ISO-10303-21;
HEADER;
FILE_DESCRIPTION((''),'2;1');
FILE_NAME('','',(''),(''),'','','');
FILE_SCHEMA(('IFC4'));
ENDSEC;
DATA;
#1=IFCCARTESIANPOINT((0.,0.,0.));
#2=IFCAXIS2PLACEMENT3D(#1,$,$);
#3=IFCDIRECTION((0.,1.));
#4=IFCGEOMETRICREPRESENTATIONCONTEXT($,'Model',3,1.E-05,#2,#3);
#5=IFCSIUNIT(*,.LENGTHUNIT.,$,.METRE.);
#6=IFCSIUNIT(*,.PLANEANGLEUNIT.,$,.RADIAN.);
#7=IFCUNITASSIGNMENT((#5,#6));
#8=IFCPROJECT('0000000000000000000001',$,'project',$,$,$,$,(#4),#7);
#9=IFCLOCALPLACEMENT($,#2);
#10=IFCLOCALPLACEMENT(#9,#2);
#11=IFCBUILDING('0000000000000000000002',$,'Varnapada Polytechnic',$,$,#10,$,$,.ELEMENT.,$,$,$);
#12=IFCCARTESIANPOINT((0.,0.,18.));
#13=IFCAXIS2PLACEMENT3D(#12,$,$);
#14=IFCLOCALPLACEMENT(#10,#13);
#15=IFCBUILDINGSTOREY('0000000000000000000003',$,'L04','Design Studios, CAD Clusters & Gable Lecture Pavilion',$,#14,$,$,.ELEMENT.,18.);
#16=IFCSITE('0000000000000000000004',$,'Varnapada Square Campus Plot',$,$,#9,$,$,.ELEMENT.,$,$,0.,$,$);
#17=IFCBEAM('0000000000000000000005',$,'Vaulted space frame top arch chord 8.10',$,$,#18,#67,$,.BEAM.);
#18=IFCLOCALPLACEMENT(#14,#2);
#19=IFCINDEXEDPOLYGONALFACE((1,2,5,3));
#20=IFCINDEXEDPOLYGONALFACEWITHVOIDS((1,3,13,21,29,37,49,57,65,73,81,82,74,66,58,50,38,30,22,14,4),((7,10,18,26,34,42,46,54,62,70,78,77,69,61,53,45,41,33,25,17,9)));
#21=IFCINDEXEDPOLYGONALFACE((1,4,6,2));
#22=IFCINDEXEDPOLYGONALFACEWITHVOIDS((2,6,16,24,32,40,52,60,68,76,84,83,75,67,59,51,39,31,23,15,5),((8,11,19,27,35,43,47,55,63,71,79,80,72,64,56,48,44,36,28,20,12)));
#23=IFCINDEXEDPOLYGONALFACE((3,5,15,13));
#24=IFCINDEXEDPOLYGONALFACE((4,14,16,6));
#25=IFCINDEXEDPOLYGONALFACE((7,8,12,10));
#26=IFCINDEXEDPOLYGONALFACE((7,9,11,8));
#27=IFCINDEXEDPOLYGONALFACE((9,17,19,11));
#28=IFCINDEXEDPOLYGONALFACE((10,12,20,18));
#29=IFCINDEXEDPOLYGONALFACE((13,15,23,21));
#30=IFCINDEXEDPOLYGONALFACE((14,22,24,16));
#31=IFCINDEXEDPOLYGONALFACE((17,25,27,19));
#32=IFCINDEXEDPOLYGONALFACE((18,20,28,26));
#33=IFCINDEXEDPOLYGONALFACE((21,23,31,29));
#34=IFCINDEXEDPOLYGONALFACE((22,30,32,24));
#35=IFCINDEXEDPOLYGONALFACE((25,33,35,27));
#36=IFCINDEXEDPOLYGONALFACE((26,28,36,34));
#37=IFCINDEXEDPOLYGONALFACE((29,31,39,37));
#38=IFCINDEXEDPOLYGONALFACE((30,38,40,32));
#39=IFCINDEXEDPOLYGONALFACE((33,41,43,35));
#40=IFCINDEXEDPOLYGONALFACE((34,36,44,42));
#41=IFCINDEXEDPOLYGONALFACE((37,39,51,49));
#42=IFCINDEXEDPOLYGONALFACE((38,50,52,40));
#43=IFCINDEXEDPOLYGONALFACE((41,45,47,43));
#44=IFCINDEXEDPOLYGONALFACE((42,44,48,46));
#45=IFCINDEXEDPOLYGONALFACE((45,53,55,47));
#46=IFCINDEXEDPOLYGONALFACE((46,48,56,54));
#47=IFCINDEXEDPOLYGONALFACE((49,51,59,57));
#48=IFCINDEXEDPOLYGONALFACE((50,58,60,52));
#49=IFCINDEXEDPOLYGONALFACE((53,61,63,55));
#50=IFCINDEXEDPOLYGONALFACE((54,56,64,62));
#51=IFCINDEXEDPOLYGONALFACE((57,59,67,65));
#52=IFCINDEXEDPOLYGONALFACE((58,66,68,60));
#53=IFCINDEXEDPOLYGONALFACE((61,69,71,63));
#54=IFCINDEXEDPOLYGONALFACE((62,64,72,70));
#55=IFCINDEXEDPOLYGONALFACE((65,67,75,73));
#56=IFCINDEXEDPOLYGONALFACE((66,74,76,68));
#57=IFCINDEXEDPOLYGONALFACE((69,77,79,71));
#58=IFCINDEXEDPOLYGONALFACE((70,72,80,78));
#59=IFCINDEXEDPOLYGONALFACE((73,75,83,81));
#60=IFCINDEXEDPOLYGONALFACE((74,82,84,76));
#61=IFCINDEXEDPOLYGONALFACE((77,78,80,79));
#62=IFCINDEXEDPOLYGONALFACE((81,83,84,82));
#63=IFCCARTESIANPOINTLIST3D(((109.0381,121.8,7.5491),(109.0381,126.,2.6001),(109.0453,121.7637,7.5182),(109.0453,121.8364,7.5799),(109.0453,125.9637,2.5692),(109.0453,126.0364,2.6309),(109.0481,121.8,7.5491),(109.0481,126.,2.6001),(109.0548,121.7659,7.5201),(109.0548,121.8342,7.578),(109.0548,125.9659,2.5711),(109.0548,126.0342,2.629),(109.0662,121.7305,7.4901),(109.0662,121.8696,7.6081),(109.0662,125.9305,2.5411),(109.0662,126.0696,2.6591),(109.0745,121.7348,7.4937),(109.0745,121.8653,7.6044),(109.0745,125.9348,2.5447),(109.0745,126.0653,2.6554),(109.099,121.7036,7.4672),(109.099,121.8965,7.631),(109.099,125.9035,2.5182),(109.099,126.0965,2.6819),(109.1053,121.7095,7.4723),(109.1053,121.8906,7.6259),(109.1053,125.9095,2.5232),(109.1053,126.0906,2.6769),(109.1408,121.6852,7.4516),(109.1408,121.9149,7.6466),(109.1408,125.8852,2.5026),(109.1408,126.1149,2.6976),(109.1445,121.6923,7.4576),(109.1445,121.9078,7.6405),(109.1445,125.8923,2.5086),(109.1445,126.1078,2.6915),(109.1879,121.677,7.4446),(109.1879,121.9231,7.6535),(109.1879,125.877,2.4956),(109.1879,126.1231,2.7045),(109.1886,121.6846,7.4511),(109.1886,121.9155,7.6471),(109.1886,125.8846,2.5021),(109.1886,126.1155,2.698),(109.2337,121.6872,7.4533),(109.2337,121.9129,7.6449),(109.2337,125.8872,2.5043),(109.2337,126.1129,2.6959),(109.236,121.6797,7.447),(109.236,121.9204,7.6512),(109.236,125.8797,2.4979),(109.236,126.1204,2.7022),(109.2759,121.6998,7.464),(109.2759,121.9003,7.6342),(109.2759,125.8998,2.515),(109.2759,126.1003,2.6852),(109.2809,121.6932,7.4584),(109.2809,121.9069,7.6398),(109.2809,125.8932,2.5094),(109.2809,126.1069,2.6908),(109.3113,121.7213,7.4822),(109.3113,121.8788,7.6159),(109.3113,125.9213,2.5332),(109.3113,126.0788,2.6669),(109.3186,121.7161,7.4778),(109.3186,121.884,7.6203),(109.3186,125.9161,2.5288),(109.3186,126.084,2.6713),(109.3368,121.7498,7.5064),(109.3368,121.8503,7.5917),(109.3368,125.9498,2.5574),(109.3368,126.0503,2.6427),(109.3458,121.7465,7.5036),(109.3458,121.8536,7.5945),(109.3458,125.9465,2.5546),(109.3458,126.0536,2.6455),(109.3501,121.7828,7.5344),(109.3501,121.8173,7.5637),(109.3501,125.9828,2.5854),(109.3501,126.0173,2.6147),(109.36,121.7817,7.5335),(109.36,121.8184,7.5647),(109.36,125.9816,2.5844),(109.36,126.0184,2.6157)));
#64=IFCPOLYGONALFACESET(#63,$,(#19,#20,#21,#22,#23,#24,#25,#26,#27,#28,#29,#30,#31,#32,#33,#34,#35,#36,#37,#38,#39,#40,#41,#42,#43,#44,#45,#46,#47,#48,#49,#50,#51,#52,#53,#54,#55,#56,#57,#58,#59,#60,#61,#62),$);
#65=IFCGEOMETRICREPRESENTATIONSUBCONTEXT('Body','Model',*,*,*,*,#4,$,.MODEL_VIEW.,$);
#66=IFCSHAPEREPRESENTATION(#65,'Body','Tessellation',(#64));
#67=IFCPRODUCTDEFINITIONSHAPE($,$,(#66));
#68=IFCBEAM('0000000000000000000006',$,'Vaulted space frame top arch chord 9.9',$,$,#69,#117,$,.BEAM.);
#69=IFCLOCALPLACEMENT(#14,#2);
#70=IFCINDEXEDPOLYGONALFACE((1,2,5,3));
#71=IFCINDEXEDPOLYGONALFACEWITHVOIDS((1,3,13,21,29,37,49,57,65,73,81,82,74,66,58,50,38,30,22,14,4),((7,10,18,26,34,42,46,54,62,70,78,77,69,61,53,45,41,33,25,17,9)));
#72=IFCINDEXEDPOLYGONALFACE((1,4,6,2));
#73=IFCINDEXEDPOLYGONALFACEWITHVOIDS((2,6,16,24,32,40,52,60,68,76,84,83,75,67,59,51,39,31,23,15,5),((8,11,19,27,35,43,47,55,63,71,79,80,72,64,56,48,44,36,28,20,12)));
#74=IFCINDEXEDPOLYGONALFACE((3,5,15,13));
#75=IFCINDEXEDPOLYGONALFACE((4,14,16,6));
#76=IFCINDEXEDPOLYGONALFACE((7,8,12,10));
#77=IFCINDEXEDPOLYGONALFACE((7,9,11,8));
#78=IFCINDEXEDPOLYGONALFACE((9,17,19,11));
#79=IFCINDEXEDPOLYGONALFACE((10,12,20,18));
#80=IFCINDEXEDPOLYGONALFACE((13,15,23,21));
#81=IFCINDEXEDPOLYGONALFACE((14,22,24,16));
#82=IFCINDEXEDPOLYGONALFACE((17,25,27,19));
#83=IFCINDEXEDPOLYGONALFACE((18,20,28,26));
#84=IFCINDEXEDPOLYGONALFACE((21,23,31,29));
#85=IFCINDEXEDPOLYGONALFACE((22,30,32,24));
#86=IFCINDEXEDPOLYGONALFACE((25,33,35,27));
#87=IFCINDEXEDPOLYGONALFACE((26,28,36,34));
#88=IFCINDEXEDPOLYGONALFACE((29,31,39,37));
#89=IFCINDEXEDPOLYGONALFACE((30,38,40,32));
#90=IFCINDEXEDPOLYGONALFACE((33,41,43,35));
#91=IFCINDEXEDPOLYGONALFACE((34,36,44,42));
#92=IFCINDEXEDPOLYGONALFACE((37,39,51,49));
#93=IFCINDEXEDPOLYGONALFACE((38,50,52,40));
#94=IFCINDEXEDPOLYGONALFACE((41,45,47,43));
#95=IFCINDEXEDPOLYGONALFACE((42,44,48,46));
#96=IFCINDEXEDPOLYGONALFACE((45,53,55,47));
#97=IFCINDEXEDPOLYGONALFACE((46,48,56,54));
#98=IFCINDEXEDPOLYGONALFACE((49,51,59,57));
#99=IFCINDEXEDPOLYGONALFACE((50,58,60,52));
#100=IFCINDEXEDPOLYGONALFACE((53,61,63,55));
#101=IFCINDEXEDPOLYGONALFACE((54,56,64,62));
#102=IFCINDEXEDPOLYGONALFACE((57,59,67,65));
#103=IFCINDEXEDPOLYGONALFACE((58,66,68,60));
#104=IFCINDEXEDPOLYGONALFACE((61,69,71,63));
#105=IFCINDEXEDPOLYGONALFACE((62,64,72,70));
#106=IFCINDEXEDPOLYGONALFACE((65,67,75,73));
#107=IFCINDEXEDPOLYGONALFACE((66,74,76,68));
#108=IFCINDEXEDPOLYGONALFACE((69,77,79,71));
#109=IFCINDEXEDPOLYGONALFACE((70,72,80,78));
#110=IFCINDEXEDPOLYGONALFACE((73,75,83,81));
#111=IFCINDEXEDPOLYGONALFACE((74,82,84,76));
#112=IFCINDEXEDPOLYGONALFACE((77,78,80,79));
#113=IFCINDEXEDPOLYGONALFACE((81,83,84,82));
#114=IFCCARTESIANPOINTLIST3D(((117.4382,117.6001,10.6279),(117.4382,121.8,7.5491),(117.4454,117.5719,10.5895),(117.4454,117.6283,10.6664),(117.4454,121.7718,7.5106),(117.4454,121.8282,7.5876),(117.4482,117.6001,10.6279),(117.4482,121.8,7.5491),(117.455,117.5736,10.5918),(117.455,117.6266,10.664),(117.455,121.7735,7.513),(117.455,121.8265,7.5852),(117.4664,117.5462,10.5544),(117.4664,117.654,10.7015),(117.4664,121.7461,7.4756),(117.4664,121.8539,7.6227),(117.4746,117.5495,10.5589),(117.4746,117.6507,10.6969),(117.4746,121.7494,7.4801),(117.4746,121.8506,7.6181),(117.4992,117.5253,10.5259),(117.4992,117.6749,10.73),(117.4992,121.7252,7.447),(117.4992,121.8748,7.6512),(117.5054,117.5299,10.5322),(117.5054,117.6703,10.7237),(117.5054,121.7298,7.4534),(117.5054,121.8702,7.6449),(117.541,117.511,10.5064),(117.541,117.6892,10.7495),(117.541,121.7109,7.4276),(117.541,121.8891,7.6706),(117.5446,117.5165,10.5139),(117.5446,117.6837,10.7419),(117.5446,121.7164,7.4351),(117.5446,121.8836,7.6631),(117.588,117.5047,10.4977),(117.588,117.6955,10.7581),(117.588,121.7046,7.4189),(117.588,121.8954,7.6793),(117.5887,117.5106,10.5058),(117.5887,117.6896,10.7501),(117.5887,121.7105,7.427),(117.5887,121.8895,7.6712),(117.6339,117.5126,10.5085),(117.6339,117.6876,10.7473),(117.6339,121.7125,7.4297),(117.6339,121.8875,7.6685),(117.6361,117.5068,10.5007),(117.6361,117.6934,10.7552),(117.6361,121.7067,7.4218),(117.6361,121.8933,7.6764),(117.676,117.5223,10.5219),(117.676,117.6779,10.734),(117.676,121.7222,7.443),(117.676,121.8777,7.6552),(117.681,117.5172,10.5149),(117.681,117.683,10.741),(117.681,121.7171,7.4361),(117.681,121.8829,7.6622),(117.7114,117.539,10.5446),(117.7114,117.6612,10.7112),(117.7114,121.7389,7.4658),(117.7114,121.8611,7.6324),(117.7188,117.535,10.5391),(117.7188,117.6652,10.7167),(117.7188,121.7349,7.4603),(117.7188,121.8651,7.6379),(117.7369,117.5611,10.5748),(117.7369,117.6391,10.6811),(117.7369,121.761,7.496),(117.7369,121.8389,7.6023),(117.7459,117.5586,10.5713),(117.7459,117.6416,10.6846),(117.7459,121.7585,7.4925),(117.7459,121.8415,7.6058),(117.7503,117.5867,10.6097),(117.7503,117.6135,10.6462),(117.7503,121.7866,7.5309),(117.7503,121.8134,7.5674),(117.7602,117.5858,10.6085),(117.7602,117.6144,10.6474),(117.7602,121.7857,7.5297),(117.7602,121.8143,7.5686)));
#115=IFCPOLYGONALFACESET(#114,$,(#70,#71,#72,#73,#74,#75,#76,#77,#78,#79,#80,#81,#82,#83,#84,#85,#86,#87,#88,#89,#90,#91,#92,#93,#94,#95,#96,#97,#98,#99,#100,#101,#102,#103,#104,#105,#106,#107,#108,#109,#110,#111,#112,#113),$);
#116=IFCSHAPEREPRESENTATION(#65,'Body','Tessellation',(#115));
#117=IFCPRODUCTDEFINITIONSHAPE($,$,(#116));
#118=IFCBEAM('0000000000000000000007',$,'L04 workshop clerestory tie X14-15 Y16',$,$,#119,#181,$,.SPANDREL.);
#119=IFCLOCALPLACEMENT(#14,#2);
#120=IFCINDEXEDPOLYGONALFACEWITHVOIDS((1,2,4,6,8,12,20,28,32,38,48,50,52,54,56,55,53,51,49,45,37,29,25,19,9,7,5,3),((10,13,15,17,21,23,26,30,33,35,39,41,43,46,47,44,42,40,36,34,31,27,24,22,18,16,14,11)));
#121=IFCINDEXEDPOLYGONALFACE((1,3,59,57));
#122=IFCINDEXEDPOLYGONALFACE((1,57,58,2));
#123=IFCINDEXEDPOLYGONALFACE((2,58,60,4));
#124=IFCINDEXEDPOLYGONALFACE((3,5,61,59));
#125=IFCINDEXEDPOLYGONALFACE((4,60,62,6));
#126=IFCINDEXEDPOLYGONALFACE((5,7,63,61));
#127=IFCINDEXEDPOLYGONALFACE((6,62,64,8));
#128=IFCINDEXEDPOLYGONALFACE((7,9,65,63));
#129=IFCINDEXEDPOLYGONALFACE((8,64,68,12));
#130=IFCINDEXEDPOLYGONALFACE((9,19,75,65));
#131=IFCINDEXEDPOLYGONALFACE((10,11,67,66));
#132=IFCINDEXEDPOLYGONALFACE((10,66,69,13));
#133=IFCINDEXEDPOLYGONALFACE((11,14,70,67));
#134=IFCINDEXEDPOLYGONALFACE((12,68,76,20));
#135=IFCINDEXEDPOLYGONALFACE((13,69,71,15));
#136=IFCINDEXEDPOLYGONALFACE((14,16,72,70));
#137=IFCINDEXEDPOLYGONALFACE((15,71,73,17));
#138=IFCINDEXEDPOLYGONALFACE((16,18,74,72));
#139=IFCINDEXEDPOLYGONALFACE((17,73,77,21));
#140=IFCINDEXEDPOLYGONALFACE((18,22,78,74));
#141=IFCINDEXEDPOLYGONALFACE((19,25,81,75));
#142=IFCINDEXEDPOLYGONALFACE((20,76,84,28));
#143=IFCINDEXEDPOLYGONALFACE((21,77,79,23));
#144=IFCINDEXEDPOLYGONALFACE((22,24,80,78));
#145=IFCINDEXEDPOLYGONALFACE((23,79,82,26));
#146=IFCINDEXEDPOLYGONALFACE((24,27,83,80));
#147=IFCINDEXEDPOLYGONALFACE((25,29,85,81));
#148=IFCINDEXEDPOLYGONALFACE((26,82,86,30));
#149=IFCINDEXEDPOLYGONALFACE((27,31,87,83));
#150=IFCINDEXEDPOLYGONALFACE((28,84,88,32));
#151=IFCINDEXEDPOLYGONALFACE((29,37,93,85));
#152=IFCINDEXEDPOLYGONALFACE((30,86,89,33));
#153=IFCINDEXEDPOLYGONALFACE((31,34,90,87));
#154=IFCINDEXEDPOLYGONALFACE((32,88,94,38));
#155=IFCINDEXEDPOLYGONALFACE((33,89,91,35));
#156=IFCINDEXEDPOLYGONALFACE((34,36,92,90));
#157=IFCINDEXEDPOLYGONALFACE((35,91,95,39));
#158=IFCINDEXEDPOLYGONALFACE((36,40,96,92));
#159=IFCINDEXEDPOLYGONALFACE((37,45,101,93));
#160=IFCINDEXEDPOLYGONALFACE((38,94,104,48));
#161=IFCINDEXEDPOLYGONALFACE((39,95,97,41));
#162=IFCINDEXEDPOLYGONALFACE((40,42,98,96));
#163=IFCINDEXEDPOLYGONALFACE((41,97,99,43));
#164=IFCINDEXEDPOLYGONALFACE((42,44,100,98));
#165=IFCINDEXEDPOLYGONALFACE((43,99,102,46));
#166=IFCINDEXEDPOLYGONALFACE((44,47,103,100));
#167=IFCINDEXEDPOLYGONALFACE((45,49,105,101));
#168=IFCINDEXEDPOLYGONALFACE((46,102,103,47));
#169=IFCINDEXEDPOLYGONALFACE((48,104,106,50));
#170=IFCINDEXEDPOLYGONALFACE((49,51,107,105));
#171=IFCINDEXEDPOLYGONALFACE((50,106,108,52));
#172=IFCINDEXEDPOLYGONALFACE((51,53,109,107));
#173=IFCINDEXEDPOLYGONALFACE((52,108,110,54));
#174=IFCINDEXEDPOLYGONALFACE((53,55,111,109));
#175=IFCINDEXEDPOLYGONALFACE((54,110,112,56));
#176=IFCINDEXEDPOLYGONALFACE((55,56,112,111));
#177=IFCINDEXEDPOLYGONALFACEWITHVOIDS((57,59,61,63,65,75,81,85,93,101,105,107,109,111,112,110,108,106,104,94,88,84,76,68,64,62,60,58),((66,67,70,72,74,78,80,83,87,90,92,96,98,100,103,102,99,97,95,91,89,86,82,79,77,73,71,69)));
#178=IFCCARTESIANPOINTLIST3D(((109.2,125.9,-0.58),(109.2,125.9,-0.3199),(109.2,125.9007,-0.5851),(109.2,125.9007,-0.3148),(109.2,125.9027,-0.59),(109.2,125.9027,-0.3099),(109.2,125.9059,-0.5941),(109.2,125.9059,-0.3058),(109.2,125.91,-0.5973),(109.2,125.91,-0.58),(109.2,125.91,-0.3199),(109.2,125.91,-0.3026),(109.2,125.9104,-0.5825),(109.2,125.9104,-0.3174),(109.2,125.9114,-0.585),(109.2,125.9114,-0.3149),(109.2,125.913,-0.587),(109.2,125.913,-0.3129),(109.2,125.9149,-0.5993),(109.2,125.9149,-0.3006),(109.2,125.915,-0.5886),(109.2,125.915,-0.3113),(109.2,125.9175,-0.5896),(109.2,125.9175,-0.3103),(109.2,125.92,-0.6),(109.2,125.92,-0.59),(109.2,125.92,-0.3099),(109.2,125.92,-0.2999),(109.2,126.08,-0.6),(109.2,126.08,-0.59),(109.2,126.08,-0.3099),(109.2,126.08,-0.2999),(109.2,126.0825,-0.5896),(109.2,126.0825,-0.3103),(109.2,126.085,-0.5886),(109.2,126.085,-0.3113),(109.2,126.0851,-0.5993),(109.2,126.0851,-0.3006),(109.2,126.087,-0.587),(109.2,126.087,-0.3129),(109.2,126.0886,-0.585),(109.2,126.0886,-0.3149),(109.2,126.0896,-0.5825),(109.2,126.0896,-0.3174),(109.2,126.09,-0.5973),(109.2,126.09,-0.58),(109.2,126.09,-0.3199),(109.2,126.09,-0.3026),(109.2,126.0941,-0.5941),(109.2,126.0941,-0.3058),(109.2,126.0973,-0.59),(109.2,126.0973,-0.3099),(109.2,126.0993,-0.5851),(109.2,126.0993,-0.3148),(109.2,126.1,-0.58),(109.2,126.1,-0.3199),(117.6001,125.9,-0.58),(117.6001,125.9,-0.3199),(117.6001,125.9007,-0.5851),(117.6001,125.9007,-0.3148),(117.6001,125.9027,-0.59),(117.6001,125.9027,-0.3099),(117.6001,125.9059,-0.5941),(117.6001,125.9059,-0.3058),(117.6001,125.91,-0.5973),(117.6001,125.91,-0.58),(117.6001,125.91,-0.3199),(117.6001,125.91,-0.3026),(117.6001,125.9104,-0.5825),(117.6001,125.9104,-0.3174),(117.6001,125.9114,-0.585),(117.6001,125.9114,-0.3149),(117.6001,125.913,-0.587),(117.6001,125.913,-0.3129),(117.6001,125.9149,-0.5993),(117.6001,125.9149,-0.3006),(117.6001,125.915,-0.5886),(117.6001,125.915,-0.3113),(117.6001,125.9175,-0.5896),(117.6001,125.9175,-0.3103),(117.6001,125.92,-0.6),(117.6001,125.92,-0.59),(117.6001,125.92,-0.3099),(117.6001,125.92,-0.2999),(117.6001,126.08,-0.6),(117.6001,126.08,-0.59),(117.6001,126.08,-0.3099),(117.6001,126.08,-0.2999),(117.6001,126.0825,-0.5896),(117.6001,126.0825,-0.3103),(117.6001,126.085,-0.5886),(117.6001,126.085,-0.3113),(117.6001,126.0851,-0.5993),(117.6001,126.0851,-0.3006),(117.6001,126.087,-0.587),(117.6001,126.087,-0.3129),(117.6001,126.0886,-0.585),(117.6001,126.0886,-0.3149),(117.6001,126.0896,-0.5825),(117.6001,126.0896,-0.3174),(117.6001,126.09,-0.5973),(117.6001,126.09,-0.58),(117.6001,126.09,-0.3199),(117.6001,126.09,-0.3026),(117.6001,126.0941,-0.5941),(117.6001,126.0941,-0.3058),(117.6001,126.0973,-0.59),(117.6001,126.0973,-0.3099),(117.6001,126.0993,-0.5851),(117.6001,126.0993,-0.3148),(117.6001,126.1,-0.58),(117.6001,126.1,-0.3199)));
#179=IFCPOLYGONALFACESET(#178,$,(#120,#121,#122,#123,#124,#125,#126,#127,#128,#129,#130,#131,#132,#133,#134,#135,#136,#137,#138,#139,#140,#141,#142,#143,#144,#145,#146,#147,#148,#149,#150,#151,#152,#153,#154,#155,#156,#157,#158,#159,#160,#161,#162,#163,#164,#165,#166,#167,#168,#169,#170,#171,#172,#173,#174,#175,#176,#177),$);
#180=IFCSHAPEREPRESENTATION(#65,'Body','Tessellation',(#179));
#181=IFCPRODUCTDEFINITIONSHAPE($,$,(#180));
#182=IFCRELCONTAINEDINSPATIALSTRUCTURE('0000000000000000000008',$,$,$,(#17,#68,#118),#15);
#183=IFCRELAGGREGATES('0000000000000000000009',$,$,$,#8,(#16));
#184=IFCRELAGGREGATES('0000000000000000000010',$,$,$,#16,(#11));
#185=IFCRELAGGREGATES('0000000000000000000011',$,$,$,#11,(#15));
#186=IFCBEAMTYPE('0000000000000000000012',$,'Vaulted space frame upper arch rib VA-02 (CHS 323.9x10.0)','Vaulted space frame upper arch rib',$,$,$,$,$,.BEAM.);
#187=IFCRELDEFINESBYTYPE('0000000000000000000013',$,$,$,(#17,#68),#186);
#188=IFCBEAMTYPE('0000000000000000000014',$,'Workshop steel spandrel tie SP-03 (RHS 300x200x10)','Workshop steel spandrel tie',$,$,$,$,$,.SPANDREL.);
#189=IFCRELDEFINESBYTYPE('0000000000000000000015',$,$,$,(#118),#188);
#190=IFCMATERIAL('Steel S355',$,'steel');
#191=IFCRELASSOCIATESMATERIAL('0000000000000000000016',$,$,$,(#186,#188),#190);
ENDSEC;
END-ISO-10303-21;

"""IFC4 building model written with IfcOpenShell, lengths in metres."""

from ifc_helpers import new_model, si_unit, direction, frame, origin, origin_2d, place, context, subcontext, project, spatial, hollow_rectangle, hollow_circle, extrude, material, material_profile, profile_set, type_object, element, save


model = new_model("IFC4")

# Units and contexts
model_context = context("Model", 3, precision=1e-05, world=origin(), true_north=direction((0.0, 1.0)))
body_context = subcontext(model_context, "Body", "Model", "MODEL_VIEW")
ifc_project = project(units=[si_unit("LENGTHUNIT", "METRE"), si_unit("PLANEANGLEUNIT", "RADIAN")], contexts=[model_context])

# Site, building, storey
site_placement = place(None, origin())
site = spatial("IfcSite", under=ifc_project, at=site_placement, Name="Varnapada Square Campus Plot", CompositionType="ELEMENT", RefElevation=0.0)
building_placement = place(site_placement, origin())
building = spatial("IfcBuilding", under=site, at=building_placement, Name="Varnapada Polytechnic", CompositionType="ELEMENT")
storey_placement = place(building_placement, frame((0.0, 0.0, 18.0)))
storey = spatial("IfcBuildingStorey", under=building, at=storey_placement, Name="L04", Description="Design Studios, CAD Clusters & Gable Lecture Pavilion", CompositionType="ELEMENT", Elevation=18.0)

# Shared definitions
ifc_material = material(Name="Steel S355", Category="steel")

# Beams
ifc_material_profile_1 = material_profile(ifc_material, hollow_circle(Radius=0.1619, WallThickness=0.01, at=origin_2d()), Name="CHS 323.9x10.0")
ifc_profile_set_1 = profile_set([ifc_material_profile_1], Name="Steel S355")
beam_type_1 = type_object("IfcBeamType", Name="Vaulted space frame upper arch rib VA-02 (CHS 323.9x10.0)", Description="Vaulted space frame upper arch rib", PredefinedType="BEAM", material=ifc_profile_set_1)
beam_1_placement = place(storey_placement, frame((109.2, 121.8, 7.5491), z_axis=(0.0, 0.647051, -0.762447), x_axis=(-1.0, 0.0, 0.0)))
element("IfcBeam", 1, at=beam_1_placement, inside=storey, type_object=beam_type_1, Name="Vaulted space frame top arch chord 8.10", PredefinedType="BEAM", context=body_context, shape_type="SweptSolid", body=[
    extrude(hollow_circle(Radius=0.1619, WallThickness=0.01, at=origin_2d()), origin(), (0.0, 0.0, 1.0), 6.491),
])
beam_2_placement = place(storey_placement, frame((117.6001, 117.6001, 10.6279), z_axis=(0.0, 0.806506, -0.591225), x_axis=(-1.0, 0.0, 0.0)))
element("IfcBeam", 2, at=beam_2_placement, inside=storey, type_object=beam_type_1, Name="Vaulted space frame top arch chord 9.9", PredefinedType="BEAM", context=body_context, shape_type="SweptSolid", body=[
    extrude(hollow_circle(Radius=0.1619, WallThickness=0.01, at=origin_2d()), origin(), (0.0, 0.0, 1.0), 5.2075),
])
ifc_material_profile_2 = material_profile(ifc_material, hollow_rectangle(XDim=0.2, YDim=0.3, WallThickness=0.01, InnerFilletRadius=0.01, OuterFilletRadius=0.02, at=origin_2d()), Name="RHS 300x200x10")
ifc_profile_set_2 = profile_set([ifc_material_profile_2], Name="Steel S355")
beam_type_2 = type_object("IfcBeamType", Name="Workshop steel spandrel tie SP-03 (RHS 300x200x10)", Description="Workshop steel spandrel tie", PredefinedType="SPANDREL", material=ifc_profile_set_2)
beam_3_placement = place(storey_placement, frame((109.2, 126.0, -0.45), z_axis=(1.0, 0.0, 0.0), x_axis=(0.0, 1.0, 0.0)))
element("IfcBeam", 3, at=beam_3_placement, inside=storey, type_object=beam_type_2, Name="L04 workshop clerestory tie X14-15 Y16", PredefinedType="SPANDREL", context=body_context, shape_type="SweptSolid", body=[
    extrude(hollow_rectangle(XDim=0.2, YDim=0.3, WallThickness=0.01, InnerFilletRadius=0.01, OuterFilletRadius=0.02, at=origin_2d()), origin(), (0.0, 0.0, 1.0), 8.4001),
])

save(model, "model.ifc")
